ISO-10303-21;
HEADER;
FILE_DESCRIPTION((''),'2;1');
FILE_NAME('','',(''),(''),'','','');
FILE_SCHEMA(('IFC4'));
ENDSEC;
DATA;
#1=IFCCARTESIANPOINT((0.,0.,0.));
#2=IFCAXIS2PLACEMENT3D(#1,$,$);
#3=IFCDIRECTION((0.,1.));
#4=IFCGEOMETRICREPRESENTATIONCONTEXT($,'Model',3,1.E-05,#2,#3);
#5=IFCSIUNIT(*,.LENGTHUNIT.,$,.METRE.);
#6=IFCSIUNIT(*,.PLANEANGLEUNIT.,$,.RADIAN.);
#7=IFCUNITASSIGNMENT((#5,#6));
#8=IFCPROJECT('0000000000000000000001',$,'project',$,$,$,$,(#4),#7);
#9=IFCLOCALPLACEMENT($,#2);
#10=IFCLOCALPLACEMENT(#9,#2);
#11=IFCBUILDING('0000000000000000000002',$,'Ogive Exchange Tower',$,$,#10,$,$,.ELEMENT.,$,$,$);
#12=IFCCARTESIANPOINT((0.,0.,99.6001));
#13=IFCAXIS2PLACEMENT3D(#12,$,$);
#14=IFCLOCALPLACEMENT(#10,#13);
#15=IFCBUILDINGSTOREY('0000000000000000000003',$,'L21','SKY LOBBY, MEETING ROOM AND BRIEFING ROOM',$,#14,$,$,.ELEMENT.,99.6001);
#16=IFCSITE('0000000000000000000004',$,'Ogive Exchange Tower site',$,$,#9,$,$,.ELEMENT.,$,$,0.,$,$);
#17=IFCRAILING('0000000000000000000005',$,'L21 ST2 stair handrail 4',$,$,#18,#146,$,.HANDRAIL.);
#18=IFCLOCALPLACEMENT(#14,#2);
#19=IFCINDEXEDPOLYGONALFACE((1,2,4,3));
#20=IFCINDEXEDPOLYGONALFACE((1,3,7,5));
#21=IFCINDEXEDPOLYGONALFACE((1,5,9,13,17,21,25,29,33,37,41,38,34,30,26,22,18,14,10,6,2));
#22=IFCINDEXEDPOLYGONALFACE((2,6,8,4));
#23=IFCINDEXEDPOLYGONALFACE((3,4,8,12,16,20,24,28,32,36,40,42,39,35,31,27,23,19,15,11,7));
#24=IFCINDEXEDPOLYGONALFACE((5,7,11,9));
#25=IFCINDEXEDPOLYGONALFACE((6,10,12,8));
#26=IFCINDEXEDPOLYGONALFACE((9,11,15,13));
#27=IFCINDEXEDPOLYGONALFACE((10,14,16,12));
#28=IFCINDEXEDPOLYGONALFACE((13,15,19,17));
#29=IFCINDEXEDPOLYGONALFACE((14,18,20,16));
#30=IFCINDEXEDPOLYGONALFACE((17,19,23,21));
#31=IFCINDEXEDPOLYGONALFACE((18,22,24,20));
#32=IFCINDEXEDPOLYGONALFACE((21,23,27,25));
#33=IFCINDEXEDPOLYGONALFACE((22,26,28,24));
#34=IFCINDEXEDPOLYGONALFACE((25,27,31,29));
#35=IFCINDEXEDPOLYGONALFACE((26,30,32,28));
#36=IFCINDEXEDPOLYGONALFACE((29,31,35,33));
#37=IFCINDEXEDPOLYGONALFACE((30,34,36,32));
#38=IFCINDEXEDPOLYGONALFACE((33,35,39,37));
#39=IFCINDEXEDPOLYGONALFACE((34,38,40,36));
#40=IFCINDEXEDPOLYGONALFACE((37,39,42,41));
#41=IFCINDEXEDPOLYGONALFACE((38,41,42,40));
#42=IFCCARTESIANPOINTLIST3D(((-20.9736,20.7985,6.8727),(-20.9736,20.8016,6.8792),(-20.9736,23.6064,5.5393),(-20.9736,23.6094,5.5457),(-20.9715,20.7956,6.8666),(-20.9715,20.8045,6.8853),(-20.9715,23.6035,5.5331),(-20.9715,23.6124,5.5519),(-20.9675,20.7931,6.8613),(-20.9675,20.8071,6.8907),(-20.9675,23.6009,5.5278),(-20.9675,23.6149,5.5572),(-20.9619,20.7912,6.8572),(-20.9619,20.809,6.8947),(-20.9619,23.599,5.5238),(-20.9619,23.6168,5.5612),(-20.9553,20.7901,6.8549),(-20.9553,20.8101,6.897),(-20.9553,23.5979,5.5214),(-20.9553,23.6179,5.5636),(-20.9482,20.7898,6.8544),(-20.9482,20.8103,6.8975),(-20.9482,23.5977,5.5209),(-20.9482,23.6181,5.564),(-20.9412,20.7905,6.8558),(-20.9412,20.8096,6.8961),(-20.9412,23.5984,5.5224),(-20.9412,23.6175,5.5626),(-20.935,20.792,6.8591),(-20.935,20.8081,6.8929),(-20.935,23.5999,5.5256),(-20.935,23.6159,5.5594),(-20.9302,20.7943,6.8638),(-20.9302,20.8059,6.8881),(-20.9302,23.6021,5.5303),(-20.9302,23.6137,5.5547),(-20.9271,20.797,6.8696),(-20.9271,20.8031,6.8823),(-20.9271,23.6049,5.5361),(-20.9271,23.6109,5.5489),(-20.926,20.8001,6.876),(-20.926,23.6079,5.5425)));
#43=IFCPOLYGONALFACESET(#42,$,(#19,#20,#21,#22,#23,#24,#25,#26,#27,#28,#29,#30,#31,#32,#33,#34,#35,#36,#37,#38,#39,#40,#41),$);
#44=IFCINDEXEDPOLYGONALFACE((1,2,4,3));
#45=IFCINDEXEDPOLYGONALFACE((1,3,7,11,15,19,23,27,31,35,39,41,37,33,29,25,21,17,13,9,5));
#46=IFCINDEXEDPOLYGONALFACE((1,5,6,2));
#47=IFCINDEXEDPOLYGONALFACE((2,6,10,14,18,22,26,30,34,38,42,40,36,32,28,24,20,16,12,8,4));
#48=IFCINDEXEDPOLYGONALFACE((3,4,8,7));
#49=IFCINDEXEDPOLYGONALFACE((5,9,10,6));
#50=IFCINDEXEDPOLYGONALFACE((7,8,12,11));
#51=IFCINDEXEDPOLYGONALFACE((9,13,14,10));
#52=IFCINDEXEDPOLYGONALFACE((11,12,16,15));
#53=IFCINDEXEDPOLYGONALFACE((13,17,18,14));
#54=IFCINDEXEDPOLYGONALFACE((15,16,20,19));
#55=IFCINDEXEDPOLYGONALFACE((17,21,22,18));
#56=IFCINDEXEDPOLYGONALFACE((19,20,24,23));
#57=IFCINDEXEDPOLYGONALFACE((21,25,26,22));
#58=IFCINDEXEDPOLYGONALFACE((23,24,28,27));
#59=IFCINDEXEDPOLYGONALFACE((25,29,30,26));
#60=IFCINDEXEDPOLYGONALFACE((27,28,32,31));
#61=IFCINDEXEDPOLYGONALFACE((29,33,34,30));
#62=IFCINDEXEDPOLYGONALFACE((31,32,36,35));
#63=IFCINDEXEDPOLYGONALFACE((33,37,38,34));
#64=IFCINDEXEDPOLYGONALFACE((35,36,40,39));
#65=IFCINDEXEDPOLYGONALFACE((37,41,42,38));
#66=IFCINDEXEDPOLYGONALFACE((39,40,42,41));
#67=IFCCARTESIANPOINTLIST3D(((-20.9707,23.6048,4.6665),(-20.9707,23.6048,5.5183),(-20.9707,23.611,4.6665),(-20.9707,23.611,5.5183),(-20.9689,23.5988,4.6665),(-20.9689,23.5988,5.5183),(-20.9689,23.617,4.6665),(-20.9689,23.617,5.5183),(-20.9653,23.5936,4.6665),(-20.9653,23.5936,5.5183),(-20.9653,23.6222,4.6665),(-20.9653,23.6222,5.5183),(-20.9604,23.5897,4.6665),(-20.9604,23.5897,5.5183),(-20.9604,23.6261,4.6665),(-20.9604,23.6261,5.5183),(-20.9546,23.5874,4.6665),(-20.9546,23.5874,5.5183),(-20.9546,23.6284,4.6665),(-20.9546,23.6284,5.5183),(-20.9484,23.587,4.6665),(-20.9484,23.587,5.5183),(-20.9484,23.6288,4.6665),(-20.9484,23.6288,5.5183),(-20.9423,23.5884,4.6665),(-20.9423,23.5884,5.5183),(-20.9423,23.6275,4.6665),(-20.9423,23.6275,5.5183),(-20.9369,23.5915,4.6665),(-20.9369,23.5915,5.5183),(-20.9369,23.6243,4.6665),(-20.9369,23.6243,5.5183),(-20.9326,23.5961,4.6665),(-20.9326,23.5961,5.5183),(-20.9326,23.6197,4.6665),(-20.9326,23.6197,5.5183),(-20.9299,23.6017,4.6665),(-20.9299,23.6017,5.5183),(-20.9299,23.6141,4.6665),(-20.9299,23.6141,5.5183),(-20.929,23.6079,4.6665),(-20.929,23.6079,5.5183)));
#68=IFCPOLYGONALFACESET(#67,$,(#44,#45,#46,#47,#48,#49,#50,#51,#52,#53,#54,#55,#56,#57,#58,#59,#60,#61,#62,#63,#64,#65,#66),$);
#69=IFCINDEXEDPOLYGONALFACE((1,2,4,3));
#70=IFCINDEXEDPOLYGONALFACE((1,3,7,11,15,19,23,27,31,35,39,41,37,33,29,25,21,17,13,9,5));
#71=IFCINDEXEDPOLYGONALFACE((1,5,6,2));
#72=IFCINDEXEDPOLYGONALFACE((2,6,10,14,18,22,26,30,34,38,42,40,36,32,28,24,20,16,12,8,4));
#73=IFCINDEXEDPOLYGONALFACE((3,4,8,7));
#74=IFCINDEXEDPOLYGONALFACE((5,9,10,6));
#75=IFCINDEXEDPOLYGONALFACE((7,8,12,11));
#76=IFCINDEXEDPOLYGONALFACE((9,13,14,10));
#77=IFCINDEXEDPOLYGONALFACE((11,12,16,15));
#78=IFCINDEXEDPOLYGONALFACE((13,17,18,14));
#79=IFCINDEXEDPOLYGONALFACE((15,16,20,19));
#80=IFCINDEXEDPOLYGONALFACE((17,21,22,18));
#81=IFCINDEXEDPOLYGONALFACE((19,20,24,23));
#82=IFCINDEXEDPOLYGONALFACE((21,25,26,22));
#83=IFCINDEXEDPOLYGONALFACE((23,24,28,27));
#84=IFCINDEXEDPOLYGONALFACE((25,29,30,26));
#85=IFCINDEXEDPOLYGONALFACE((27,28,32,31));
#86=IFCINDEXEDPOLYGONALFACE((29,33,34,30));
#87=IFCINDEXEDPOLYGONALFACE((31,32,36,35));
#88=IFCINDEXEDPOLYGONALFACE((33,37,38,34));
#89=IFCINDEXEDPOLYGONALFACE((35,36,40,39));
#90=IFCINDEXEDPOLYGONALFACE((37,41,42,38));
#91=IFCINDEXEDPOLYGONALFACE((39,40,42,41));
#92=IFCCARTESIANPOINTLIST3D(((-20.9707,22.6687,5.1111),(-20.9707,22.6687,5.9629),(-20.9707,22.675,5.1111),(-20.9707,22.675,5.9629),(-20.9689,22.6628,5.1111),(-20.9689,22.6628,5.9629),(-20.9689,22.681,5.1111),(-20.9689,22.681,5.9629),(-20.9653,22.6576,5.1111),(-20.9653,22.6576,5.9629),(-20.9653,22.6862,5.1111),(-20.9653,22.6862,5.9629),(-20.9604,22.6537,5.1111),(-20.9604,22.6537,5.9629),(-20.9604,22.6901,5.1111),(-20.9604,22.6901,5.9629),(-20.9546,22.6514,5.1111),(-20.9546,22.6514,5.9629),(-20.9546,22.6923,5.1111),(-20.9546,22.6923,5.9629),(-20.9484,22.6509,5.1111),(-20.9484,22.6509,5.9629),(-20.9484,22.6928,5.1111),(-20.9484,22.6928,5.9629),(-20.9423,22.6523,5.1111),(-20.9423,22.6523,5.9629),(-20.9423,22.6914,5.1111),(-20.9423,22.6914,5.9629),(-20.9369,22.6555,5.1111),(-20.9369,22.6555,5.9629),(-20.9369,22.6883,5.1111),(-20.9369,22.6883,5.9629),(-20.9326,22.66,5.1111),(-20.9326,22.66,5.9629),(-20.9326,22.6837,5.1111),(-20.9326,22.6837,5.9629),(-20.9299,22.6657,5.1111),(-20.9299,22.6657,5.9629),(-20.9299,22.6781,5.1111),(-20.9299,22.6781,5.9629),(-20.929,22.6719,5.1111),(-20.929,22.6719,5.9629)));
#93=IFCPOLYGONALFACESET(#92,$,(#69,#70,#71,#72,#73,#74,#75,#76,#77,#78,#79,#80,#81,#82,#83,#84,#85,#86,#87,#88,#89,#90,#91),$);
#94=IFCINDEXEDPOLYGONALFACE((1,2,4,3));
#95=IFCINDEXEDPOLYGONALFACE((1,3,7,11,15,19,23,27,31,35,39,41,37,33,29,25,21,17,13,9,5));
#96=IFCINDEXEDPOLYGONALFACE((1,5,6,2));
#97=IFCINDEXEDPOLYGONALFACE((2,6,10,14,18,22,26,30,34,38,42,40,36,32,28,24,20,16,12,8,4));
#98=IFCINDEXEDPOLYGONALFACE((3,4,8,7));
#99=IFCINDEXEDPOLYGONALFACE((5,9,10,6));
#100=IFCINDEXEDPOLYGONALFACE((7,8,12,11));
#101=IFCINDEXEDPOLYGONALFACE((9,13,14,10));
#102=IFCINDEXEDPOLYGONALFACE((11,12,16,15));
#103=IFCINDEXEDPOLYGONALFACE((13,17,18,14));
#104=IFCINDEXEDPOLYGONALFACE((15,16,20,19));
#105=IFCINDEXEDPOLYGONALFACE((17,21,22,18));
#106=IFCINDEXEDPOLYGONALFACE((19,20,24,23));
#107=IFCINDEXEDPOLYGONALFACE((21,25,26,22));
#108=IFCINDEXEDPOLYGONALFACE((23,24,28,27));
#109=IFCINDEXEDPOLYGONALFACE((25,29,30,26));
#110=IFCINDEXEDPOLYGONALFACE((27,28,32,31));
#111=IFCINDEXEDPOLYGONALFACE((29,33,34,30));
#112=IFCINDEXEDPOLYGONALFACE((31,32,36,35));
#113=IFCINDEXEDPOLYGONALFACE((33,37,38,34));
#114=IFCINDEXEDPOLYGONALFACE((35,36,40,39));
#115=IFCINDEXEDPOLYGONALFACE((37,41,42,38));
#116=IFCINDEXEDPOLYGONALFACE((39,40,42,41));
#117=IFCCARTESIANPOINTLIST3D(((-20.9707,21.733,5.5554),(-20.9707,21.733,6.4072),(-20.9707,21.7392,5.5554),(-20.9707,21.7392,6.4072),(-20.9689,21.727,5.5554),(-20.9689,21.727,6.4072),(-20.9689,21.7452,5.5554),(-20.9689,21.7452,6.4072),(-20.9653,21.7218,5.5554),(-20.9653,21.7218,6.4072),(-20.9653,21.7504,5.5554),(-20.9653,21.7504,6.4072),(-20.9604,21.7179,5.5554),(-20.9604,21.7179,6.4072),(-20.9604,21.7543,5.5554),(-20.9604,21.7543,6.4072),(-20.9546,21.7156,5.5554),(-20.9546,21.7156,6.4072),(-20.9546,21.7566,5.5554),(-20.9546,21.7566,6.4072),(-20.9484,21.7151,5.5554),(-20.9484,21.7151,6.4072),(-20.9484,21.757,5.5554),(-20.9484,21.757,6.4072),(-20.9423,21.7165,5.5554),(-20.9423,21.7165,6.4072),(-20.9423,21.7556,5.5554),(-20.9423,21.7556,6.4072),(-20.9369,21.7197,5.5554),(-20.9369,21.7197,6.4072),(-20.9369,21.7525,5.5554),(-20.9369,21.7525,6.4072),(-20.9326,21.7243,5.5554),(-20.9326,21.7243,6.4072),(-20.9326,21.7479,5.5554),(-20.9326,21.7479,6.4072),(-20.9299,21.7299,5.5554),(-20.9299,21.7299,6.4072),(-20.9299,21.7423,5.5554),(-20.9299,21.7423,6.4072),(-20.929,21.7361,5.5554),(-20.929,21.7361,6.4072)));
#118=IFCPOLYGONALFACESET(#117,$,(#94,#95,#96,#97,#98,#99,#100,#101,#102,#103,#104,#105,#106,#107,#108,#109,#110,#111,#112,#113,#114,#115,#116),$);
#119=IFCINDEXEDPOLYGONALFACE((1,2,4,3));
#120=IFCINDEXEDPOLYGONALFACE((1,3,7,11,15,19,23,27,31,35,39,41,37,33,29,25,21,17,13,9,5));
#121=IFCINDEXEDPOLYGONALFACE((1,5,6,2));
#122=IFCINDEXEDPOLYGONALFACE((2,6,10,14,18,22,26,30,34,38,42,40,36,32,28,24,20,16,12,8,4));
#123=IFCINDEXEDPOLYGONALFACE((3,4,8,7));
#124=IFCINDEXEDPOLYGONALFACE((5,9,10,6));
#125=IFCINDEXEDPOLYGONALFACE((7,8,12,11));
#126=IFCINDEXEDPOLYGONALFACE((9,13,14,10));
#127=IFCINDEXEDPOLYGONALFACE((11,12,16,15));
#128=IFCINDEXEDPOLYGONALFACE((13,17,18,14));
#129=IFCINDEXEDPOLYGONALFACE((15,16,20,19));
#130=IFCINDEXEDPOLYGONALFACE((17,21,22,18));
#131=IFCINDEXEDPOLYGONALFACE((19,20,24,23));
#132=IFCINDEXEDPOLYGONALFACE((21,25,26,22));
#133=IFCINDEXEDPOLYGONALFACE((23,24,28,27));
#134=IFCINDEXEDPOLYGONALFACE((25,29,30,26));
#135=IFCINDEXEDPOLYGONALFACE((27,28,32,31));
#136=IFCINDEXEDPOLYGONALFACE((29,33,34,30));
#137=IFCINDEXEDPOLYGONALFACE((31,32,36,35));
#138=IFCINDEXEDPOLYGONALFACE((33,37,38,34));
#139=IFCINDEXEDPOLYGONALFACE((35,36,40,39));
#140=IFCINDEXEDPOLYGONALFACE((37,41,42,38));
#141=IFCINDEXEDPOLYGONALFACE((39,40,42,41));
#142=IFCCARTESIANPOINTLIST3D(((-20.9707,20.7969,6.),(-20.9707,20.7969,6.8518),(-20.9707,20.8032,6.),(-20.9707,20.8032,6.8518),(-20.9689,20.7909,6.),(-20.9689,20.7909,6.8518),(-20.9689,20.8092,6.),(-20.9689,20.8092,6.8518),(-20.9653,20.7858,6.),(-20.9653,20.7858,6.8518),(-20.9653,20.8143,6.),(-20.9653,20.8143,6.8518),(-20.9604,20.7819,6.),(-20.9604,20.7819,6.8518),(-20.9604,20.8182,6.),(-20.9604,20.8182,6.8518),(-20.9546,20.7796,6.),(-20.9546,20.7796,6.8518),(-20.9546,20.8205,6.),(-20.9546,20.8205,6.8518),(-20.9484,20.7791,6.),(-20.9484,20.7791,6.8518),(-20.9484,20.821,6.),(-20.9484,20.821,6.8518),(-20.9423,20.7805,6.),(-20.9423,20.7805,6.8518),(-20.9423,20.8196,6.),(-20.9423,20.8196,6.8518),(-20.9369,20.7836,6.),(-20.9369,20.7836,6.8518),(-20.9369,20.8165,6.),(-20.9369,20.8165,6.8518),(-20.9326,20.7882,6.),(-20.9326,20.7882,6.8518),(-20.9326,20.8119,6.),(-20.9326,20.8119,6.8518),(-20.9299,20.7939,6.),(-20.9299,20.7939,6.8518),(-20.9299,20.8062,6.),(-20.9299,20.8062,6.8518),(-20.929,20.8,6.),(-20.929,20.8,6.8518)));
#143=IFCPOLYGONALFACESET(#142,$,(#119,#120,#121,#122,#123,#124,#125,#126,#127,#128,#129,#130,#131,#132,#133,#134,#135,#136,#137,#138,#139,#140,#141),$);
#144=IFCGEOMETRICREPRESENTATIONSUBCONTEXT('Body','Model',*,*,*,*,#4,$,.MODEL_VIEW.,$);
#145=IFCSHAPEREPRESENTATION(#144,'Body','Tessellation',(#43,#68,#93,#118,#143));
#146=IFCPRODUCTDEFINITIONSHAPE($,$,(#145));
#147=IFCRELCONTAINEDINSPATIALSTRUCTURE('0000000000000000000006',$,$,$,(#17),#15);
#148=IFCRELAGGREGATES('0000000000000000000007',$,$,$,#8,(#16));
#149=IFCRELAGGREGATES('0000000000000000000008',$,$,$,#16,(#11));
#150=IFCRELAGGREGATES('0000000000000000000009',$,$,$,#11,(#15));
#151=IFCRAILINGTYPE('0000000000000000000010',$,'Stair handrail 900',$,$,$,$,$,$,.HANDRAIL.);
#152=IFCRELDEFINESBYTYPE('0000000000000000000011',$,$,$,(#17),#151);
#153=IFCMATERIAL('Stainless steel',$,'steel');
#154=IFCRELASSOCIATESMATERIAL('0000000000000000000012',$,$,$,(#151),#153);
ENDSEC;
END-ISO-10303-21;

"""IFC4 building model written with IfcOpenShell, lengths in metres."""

from ifc_helpers import new_model, si_unit, direction, frame, origin, origin_2d, place, context, subcontext, project, spatial, circle, extrude, material, type_object, element, save


model = new_model("IFC4")

# Units and contexts
model_context = context("Model", 3, precision=1e-05, world=origin(), true_north=direction((0.0, 1.0)))
body_context = subcontext(model_context, "Body", "Model", "MODEL_VIEW")
ifc_project = project(units=[si_unit("LENGTHUNIT", "METRE"), si_unit("PLANEANGLEUNIT", "RADIAN")], contexts=[model_context])

# Site, building, storey
site_placement = place(None, origin())
site = spatial("IfcSite", under=ifc_project, at=site_placement, Name="Ogive Exchange Tower site", CompositionType="ELEMENT", RefElevation=0.0)
building_placement = place(site_placement, origin())
building = spatial("IfcBuilding", under=site, at=building_placement, Name="Ogive Exchange Tower", CompositionType="ELEMENT")
storey_placement = place(building_placement, frame((0.0, 0.0, 99.6001)))
storey = spatial("IfcBuildingStorey", under=building, at=storey_placement, Name="L21", Description="SKY LOBBY, MEETING ROOM AND BRIEFING ROOM", CompositionType="ELEMENT", Elevation=99.6001)

# Railing
ifc_material_1 = material(Name="Stainless steel", Category="steel")
railing_type = type_object("IfcRailingType", Name="Stair handrail 900", PredefinedType="HANDRAIL", material=ifc_material_1)
for number, where, name in (
    (1, (-20.95, 23.6079, 4.6665), "L21 ST2 stair handrail 4"),
):
    element("IfcRailing", number, at=place(storey_placement, frame(where)), inside=storey, type_object=railing_type, Name=name, PredefinedType="HANDRAIL", context=body_context, shape_type="SweptSolid", body=[
        extrude(circle(Radius=0.0239, at=origin_2d()), frame((0.0, 0.0, 0.876), z_axis=(0.0, -0.903307, 0.428994), x_axis=(1.0, 0.0, 0.0)), (0.0, 0.0, 1.0), 3.1084),
        extrude(circle(Radius=0.021, at=origin_2d()), origin(), (0.0, 0.0, 1.0), 0.8518),
        extrude(circle(Radius=0.021, at=origin_2d()), frame((0.0, -0.936, 0.4446)), (0.0, 0.0, 1.0), 0.8518),
        extrude(circle(Radius=0.021, at=origin_2d()), frame((0.0, -1.8718, 0.8889)), (0.0, 0.0, 1.0), 0.8518),
        extrude(circle(Radius=0.021, at=origin_2d()), frame((0.0, -2.8079, 1.3335)), (0.0, 0.0, 1.0), 0.8518),
    ])

save(model, "model.ifc")
